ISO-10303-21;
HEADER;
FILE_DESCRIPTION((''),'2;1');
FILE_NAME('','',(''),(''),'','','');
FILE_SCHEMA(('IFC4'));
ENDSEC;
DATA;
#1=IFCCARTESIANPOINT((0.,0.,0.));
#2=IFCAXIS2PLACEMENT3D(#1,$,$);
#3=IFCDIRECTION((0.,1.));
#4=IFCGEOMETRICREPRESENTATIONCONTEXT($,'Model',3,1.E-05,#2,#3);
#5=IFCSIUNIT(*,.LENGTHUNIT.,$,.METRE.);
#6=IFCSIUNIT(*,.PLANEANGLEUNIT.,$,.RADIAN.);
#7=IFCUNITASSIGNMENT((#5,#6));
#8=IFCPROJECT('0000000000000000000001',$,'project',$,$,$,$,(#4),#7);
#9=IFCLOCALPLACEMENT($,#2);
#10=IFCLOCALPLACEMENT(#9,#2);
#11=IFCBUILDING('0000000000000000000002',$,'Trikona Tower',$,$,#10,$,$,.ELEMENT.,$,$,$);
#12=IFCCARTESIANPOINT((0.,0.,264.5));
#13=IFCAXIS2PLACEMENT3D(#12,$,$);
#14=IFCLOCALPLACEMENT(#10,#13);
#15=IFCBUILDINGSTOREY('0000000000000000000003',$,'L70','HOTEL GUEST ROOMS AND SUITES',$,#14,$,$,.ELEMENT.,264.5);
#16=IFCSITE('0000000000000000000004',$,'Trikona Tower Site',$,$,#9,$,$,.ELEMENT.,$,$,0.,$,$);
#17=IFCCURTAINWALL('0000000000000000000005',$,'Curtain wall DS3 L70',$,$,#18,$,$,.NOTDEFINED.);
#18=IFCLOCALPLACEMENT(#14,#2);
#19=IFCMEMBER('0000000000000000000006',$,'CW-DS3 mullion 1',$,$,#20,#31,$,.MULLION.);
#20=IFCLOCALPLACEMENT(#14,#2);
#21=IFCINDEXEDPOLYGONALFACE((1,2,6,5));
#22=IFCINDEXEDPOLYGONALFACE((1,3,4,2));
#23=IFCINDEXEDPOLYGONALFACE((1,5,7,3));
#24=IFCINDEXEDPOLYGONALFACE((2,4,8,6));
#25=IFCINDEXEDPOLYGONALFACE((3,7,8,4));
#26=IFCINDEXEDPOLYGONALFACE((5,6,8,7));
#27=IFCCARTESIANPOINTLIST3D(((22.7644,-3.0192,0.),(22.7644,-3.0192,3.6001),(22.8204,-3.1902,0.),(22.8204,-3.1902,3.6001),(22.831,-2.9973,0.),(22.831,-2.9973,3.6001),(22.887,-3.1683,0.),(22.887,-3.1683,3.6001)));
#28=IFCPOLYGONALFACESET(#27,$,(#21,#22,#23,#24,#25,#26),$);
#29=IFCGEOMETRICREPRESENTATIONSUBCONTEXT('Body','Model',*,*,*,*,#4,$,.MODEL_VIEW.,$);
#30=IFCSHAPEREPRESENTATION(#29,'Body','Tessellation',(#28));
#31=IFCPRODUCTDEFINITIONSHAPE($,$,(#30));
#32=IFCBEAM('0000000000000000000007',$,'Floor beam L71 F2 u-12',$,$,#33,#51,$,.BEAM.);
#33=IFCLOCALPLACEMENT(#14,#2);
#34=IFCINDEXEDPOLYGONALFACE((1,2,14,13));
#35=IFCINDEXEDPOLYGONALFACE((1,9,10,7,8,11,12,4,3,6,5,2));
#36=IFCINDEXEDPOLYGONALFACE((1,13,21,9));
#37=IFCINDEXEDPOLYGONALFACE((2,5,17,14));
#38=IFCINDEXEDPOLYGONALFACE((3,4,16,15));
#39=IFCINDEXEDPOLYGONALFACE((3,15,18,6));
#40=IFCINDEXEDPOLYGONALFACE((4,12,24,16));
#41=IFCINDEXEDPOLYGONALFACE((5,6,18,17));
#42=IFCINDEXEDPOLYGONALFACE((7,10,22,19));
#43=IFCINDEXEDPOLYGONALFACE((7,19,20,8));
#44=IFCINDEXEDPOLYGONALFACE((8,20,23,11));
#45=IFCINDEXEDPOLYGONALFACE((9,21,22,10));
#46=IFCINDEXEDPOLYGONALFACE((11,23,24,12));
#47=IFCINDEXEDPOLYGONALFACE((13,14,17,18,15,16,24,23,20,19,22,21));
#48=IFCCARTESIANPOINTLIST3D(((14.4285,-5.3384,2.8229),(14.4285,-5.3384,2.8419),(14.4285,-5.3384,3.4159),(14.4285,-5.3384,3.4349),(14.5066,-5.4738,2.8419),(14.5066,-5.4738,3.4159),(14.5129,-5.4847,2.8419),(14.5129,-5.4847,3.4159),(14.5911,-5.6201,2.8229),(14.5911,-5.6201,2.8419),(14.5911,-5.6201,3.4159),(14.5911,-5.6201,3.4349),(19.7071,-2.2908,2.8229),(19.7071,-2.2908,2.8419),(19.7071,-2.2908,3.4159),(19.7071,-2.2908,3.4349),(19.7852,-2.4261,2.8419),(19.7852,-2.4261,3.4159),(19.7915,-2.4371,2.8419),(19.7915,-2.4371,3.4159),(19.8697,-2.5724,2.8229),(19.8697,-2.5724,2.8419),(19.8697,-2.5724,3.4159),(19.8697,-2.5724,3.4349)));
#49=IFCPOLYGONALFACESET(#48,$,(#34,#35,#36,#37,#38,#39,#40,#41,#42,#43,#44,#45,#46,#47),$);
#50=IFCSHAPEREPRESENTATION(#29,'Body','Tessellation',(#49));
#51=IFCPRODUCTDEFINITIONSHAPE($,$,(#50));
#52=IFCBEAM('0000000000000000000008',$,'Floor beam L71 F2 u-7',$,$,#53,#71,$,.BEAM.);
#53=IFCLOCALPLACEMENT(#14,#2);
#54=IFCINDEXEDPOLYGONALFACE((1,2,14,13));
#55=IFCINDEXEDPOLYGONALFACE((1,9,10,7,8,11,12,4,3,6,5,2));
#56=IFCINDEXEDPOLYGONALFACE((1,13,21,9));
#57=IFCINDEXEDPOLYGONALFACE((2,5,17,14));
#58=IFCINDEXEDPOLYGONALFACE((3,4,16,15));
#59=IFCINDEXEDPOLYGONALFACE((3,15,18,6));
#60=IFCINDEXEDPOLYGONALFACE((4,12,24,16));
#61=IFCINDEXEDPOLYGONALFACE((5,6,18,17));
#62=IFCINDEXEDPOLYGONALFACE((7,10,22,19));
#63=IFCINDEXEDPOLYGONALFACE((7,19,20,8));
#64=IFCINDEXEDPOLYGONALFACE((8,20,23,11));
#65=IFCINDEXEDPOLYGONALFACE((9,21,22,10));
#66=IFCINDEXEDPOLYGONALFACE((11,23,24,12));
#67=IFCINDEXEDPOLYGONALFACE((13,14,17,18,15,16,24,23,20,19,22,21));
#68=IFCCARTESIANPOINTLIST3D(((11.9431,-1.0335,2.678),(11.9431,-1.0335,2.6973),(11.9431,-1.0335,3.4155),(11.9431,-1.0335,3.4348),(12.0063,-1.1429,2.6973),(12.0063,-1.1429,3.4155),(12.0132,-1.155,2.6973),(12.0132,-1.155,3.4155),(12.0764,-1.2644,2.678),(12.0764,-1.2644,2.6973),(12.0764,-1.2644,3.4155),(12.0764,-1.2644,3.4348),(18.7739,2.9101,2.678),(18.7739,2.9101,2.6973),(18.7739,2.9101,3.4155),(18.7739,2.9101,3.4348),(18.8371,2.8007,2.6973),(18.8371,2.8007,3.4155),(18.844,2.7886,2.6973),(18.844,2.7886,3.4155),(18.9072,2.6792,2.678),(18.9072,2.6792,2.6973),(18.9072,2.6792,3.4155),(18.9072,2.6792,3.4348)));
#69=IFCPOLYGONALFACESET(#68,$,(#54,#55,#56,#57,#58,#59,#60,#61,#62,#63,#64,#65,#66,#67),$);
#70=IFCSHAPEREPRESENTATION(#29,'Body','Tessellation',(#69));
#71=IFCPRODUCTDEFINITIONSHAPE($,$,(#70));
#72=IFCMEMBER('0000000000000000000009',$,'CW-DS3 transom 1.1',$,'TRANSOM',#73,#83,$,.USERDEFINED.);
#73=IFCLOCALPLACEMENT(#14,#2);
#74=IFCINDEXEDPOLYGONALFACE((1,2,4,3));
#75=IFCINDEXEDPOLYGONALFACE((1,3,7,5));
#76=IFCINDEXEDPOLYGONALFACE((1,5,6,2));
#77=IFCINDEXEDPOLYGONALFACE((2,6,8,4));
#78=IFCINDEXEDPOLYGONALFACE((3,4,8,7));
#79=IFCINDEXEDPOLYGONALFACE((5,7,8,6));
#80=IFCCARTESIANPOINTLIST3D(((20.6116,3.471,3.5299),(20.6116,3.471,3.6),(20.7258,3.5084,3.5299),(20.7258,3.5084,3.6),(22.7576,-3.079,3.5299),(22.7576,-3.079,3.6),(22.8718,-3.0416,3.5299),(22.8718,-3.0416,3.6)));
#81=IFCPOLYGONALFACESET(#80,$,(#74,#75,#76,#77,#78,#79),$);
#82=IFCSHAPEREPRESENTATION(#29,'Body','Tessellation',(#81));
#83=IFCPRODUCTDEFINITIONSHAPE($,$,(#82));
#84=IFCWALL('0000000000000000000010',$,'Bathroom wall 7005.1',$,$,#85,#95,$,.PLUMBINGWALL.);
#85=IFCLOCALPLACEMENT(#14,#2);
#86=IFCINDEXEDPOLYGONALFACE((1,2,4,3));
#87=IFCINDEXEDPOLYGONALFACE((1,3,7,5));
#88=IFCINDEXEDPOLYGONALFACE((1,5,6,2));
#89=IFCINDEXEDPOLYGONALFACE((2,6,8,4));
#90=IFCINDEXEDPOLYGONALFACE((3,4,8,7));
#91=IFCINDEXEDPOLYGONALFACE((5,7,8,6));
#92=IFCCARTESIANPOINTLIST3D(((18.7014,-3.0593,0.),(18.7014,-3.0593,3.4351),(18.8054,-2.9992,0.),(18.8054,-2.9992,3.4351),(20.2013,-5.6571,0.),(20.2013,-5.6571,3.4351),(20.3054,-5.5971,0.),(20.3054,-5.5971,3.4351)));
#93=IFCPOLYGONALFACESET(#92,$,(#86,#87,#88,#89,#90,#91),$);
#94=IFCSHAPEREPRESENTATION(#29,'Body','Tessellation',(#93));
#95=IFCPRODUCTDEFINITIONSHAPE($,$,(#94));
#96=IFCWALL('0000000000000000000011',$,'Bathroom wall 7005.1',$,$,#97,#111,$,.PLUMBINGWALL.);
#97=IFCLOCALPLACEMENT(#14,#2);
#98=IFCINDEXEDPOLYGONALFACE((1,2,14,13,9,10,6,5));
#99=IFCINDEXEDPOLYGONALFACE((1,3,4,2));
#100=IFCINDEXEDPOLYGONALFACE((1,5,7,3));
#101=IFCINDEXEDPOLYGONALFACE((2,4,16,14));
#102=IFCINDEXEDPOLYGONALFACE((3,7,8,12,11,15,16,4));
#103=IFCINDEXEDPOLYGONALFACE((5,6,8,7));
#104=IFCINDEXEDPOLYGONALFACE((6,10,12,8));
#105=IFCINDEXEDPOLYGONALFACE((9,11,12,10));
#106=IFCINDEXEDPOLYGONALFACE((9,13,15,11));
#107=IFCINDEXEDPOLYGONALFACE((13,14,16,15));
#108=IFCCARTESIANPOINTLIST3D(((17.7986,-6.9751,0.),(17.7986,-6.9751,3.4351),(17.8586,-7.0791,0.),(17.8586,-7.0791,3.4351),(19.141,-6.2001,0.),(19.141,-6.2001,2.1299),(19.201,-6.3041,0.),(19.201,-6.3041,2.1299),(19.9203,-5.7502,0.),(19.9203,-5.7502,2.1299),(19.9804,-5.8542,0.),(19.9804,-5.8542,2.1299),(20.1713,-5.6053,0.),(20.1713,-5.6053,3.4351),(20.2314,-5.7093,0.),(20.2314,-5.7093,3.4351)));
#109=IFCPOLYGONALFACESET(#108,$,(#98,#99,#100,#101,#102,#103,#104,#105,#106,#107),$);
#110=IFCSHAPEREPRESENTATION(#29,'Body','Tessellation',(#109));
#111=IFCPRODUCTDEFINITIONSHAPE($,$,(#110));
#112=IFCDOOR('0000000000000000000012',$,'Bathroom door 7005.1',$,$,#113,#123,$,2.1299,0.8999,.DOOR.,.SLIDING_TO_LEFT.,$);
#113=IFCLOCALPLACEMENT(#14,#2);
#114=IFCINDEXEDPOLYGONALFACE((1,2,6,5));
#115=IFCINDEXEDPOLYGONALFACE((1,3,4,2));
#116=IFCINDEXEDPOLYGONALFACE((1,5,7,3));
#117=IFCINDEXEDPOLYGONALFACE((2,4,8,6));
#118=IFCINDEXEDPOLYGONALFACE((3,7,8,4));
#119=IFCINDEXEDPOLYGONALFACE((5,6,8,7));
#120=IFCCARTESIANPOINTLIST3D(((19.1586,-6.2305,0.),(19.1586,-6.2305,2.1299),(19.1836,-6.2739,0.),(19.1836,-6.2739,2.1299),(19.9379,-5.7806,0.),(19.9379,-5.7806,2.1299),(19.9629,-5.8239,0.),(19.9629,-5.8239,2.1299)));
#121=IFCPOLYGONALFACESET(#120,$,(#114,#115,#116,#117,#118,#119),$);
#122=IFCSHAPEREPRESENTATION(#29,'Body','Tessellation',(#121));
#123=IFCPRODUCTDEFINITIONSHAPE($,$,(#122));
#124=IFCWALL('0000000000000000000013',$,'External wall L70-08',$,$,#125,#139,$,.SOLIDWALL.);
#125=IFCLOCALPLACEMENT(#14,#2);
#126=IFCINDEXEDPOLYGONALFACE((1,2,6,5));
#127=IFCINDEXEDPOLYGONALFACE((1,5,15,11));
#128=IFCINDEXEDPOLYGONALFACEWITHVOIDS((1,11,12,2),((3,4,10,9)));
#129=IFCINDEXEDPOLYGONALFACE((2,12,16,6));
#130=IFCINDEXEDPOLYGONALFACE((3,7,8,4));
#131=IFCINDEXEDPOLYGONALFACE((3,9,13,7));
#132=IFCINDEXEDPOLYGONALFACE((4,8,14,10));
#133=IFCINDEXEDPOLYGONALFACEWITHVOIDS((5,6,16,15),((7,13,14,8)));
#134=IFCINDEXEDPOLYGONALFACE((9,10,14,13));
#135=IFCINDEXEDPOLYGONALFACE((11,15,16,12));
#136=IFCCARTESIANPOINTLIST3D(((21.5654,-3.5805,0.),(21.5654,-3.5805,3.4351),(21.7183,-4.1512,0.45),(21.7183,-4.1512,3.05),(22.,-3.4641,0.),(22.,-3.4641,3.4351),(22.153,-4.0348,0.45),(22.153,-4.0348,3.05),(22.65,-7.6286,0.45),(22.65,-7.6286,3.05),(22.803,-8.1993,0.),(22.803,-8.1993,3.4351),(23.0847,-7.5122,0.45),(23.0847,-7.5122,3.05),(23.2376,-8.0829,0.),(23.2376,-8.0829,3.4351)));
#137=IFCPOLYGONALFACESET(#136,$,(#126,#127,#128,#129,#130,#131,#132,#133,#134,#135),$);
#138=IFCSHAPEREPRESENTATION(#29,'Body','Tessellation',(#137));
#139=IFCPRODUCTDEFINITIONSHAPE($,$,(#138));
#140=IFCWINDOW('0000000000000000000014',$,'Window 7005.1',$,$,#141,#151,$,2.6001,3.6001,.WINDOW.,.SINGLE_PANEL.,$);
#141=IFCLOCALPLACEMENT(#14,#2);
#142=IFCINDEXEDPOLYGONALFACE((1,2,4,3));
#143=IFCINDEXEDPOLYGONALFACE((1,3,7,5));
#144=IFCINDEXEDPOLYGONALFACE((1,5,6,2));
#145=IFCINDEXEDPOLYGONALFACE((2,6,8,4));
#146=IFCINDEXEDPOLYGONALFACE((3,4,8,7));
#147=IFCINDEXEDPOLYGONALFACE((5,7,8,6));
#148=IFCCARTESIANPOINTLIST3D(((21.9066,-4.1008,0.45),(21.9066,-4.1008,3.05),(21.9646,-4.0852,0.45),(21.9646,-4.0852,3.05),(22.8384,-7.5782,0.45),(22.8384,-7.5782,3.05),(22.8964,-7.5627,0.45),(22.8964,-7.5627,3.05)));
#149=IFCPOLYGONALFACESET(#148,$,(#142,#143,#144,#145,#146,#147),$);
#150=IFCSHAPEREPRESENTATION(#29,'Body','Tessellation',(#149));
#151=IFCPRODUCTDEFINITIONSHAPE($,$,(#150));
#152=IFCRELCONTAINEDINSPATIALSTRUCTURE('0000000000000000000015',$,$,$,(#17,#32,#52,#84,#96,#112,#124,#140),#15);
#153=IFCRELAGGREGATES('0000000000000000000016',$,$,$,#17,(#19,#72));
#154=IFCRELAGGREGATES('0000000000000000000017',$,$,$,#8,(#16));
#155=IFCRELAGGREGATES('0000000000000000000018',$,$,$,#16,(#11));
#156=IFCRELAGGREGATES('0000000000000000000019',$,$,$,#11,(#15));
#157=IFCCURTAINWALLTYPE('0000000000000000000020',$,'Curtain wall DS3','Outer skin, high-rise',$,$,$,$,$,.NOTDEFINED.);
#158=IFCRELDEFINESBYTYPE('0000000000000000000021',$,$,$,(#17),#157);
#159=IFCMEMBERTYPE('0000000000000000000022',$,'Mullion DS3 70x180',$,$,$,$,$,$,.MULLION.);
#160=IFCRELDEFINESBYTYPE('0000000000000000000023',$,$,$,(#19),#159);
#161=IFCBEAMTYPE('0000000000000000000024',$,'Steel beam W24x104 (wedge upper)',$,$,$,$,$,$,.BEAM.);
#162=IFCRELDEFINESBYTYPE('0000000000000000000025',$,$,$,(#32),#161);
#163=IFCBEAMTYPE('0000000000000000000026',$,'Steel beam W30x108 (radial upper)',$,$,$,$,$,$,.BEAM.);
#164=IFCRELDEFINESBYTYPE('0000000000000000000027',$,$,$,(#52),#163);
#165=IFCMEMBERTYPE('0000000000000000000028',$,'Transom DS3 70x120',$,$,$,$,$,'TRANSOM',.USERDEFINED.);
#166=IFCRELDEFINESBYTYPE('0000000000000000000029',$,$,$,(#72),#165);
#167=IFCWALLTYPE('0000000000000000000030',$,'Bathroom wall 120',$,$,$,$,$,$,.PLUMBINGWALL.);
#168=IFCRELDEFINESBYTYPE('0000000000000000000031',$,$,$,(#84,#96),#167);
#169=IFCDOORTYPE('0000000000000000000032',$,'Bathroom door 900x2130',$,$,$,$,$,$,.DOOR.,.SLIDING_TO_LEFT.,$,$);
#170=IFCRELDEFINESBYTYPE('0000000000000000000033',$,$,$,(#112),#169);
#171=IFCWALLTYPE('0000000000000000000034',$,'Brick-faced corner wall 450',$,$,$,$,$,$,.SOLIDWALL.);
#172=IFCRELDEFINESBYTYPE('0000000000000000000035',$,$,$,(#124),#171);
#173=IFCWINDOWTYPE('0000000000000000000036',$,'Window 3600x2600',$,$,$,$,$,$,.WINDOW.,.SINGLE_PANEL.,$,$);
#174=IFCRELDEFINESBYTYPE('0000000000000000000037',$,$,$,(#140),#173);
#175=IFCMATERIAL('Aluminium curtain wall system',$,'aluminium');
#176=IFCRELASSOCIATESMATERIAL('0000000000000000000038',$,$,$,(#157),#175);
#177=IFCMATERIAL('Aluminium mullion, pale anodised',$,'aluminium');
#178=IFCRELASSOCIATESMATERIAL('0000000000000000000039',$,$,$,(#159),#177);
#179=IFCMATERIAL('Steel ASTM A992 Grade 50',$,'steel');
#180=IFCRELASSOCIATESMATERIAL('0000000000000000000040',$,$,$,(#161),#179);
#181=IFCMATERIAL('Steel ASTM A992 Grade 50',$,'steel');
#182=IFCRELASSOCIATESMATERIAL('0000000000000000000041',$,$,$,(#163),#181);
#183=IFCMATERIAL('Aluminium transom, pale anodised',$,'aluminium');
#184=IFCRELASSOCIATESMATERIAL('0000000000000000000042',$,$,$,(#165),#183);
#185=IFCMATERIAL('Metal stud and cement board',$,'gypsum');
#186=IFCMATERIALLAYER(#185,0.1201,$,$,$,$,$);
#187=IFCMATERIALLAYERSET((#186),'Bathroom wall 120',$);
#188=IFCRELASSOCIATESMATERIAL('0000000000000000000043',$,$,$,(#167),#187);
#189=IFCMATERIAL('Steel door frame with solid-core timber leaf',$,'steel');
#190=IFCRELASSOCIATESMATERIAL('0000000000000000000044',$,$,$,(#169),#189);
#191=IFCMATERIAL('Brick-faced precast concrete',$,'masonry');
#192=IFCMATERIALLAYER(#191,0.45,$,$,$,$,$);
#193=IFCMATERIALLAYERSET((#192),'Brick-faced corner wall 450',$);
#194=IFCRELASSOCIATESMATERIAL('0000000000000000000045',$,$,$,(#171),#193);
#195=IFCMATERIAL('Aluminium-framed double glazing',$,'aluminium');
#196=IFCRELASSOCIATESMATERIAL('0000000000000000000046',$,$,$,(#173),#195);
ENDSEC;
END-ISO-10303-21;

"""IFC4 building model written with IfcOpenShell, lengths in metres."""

from ifc_helpers import new_model, si_unit, direction, frame, frame_2d, origin, origin_2d, place, context, subcontext, project, spatial, rectangle, i_section, extrude, material, layer, layer_set, material_profile, profile_set, type_object, element, fill, aggregate, save


model = new_model("IFC4")

# Units and contexts
model_context = context("Model", 3, precision=1e-05, world=origin(), true_north=direction((0.0, 1.0)))
body_context = subcontext(model_context, "Body", "Model", "MODEL_VIEW")
ifc_project = project(units=[si_unit("LENGTHUNIT", "METRE"), si_unit("PLANEANGLEUNIT", "RADIAN")], contexts=[model_context])

# Site, building, storey
site_placement = place(None, origin())
site = spatial("IfcSite", under=ifc_project, at=site_placement, Name="Trikona Tower Site", CompositionType="ELEMENT", RefElevation=0.0)
building_placement = place(site_placement, origin())
building = spatial("IfcBuilding", under=site, at=building_placement, Name="Trikona Tower", CompositionType="ELEMENT")
storey_placement = place(building_placement, frame((0.0, 0.0, 264.5)))
storey = spatial("IfcBuildingStorey", under=building, at=storey_placement, Name="L70", Description="HOTEL GUEST ROOMS AND SUITES", CompositionType="ELEMENT", Elevation=264.5)

# Curtain wall, member
ifc_material_1 = material(Name="Aluminium curtain wall system", Category="aluminium")
curtain_wall_type = type_object("IfcCurtainWallType", Name="Curtain wall DS3", Description="Outer skin, high-rise", PredefinedType="NOTDEFINED", material=ifc_material_1)
curtain_wall_placement = place(storey_placement, origin())
curtain_wall = element("IfcCurtainWall", 1, at=curtain_wall_placement, inside=storey, type_object=curtain_wall_type, Name="Curtain wall DS3 L70", PredefinedType="NOTDEFINED")
ifc_material_2 = material(Name="Aluminium mullion, pale anodised", Category="aluminium")
ifc_material_profile_1 = material_profile(ifc_material_2, rectangle(XDim=0.0701, YDim=0.1799, at=origin_2d()), Name="MUL-DS3")
ifc_profile_set_1 = profile_set([ifc_material_profile_1], Name="Aluminium mullion, pale anodised")
member_type_1 = type_object("IfcMemberType", Name="Mullion DS3 70x180", PredefinedType="MULLION", material=ifc_profile_set_1)
member_1_placement = place(storey_placement, frame((22.8257, -3.0938, 0.0), z_axis=(0.0, 0.0, 1.0), x_axis=(-0.950297, -0.311344, 0.0)))
member_1 = element("IfcMember", 2, at=member_1_placement, type_object=member_type_1, Name="CW-DS3 mullion 1", PredefinedType="MULLION", context=body_context, shape_type="SweptSolid", body=[
    extrude(rectangle(XDim=0.0701, YDim=0.1799, at=origin_2d()), origin(), (0.0, 0.0, 1.0), 3.6001),
])

# Beams
ifc_material_3 = material(Name="Steel ASTM A992 Grade 50", Category="steel")
ifc_material_profile_2 = material_profile(ifc_material_3, i_section(OverallWidth=0.3252, OverallDepth=0.6121, WebThickness=0.0127, FlangeThickness=0.019, at=origin_2d()), Name="W24X104")
ifc_profile_set_2 = profile_set([ifc_material_profile_2], Name="Steel ASTM A992 Grade 50")
beam_type_1 = type_object("IfcBeamType", Name="Steel beam W24x104 (wedge upper)", PredefinedType="BEAM", material=ifc_profile_set_2)
beam_1_placement = place(storey_placement, frame((14.5098, -5.4792, 3.1289), z_axis=(0.866023, 0.500003, 0.0), x_axis=(-0.500003, 0.866023, 0.0)))
element("IfcBeam", 3, at=beam_1_placement, inside=storey, type_object=beam_type_1, Name="Floor beam L71 F2 u-12", PredefinedType="BEAM", context=body_context, shape_type="SweptSolid", body=[
    extrude(i_section(OverallWidth=0.3252, OverallDepth=0.6121, WebThickness=0.0127, FlangeThickness=0.019, at=origin_2d()), origin(), (0.0, 0.0, 1.0), 6.0952),
])
ifc_material_4 = material(Name="Steel ASTM A992 Grade 50", Category="steel")
ifc_material_profile_3 = material_profile(ifc_material_4, i_section(OverallWidth=0.2666, OverallDepth=0.7568, WebThickness=0.0139, FlangeThickness=0.0193, at=origin_2d()), Name="W30X108")
ifc_profile_set_3 = profile_set([ifc_material_profile_3], Name="Steel ASTM A992 Grade 50")
beam_type_2 = type_object("IfcBeamType", Name="Steel beam W30x108 (radial upper)", PredefinedType="BEAM", material=ifc_profile_set_3)
beam_2_placement = place(storey_placement, frame((12.0098, -1.1489, 3.0564), z_axis=(0.866035, 0.499984, 0.0), x_axis=(-0.499984, 0.866035, 0.0)))
element("IfcBeam", 4, at=beam_2_placement, inside=storey, type_object=beam_type_2, Name="Floor beam L71 F2 u-7", PredefinedType="BEAM", context=body_context, shape_type="SweptSolid", body=[
    extrude(i_section(OverallWidth=0.2666, OverallDepth=0.7568, WebThickness=0.0139, FlangeThickness=0.0193, at=origin_2d()), origin(), (0.0, 0.0, 1.0), 7.8875),
])

# Member
ifc_material_5 = material(Name="Aluminium transom, pale anodised", Category="aluminium")
ifc_material_profile_4 = material_profile(ifc_material_5, rectangle(XDim=0.1201, YDim=0.0701, at=origin_2d()), Name="TRN-DS3")
ifc_profile_set_4 = profile_set([ifc_material_profile_4], Name="Aluminium transom, pale anodised")
member_type_2 = type_object("IfcMemberType", Name="Transom DS3 70x120", ElementType="TRANSOM", PredefinedType="USERDEFINED", material=ifc_profile_set_4)
member_2_placement = place(storey_placement, frame((22.8147, -3.0603, 3.5649), z_axis=(-0.311346, 0.950297, 0.0), x_axis=(-0.950297, -0.311346, 0.0)))
member_2 = element("IfcMember", 5, at=member_2_placement, type_object=member_type_2, Name="CW-DS3 transom 1.1", ObjectType="TRANSOM", PredefinedType="USERDEFINED", context=body_context, shape_type="SweptSolid", body=[
    extrude(rectangle(XDim=0.1201, YDim=0.0701, at=origin_2d()), origin(), (0.0, 0.0, 1.0), 6.8926),
])
aggregate(curtain_wall, [member_1, member_2])

# Wall
ifc_material_6 = material(Name="Metal stud and cement board", Category="gypsum")
ifc_layer_1 = layer(ifc_material_6, 0.1201)
ifc_layer_set_1 = layer_set([ifc_layer_1], Name="Bathroom wall 120")
wall_type_1 = type_object("IfcWallType", Name="Bathroom wall 120", PredefinedType="PLUMBINGWALL", material=ifc_layer_set_1)
wall_1_placement = place(storey_placement, frame((20.2534, -5.6272, 0.0), z_axis=(0.0, 0.0, 1.0), x_axis=(-0.500025, 0.866011, 0.0)))
element("IfcWall", 6, at=wall_1_placement, inside=storey, type_object=wall_type_1, Name="Bathroom wall 7005.1", PredefinedType="PLUMBINGWALL", context=body_context, shape_type="SweptSolid", body=[
    extrude(rectangle(XDim=2.9998, YDim=0.1201, at=frame_2d((1.5, 0.0))), origin(), (0.0, 0.0, 1.0), 3.4351),
])

# Wall, opening, door
wall_2_placement = place(storey_placement, frame((17.8286, -7.0271, 0.0), z_axis=(0.0, 0.0, 1.0), x_axis=(0.866036, 0.499982, 0.0)))
wall_2 = element("IfcWall", 7, at=wall_2_placement, inside=storey, type_object=wall_type_1, Name="Bathroom wall 7005.1", PredefinedType="PLUMBINGWALL", context=body_context, shape_type="SweptSolid", body=[
    extrude(rectangle(XDim=2.7397, YDim=0.1201, at=frame_2d((1.3699, 0.0))), origin(), (0.0, 0.0, 1.0), 3.4351),
])
opening_1_placement = place(wall_2_placement, frame((1.55, 0.0, 0.0)))
opening_1 = element("IfcOpeningElement", 8, at=opening_1_placement, cuts=wall_2, PredefinedType="OPENING", context=body_context, shape_type="SweptSolid", body=[
    extrude(rectangle(XDim=0.8999, YDim=2.1299, at=frame_2d((0.45, 1.0649))), frame((0.0, 0.0701, 0.0), z_axis=(0.0, -1.0, 0.0), x_axis=(1.0, 0.0, 0.0)), (0.0, 0.0, 1.0), 0.1401),
])
ifc_material_7 = material(Name="Steel door frame with solid-core timber leaf", Category="steel")
door_type_1 = type_object("IfcDoorType", Name="Bathroom door 900x2130", OperationType="SLIDING_TO_LEFT", PredefinedType="DOOR", material=ifc_material_7)
door_1_placement = place(opening_1_placement, origin())
door_1 = element("IfcDoor", 9, at=door_1_placement, inside=storey, type_object=door_type_1, Name="Bathroom door 7005.1", OperationType="SLIDING_TO_LEFT", OverallHeight=2.1299, OverallWidth=0.8999, PredefinedType="DOOR", context=body_context, shape_type="SweptSolid", body=[
    extrude(rectangle(XDim=0.8999, YDim=2.1299, at=frame_2d((0.45, 1.0649))), frame((0.0, 0.0249, 0.0), z_axis=(0.0, -1.0, 0.0), x_axis=(1.0, 0.0, 0.0)), (0.0, 0.0, 1.0), 0.05),
])
fill(opening_1, door_1)

# Wall, opening, window
ifc_material_8 = material(Name="Brick-faced precast concrete", Category="masonry")
ifc_layer_2 = layer(ifc_material_8, 0.45)
ifc_layer_set_2 = layer_set([ifc_layer_2], Name="Brick-faced corner wall 450")
wall_type_2 = type_object("IfcWallType", Name="Brick-faced corner wall 450", PredefinedType="SOLIDWALL", material=ifc_layer_set_2)
wall_3_placement = place(storey_placement, frame((23.0203, -8.1411, 0.0), z_axis=(0.0, 0.0, 1.0), x_axis=(-0.258803, 0.96593, 0.0)))
wall_3 = element("IfcWall", 10, at=wall_3_placement, inside=storey, type_object=wall_type_2, Name="External wall L70-08", PredefinedType="SOLIDWALL", context=body_context, shape_type="SweptSolid", body=[
    extrude(rectangle(XDim=4.7817, YDim=0.45, at=frame_2d((2.3909, 0.0))), origin(), (0.0, 0.0, 1.0), 3.4351),
])
opening_2_placement = place(wall_3_placement, frame((0.5908, 0.0, 0.45)))
opening_2 = element("IfcOpeningElement", 11, at=opening_2_placement, cuts=wall_3, PredefinedType="OPENING", context=body_context, shape_type="SweptSolid", body=[
    extrude(rectangle(XDim=3.6001, YDim=2.6001, at=frame_2d((1.8, 1.3))), frame((0.0, 0.2349, 0.0), z_axis=(0.0, -1.0, 0.0), x_axis=(1.0, 0.0, 0.0)), (0.0, 0.0, 1.0), 0.47),
])
ifc_material_9 = material(Name="Aluminium-framed double glazing", Category="aluminium")
window_type_1 = type_object("IfcWindowType", Name="Window 3600x2600", PartitioningType="SINGLE_PANEL", PredefinedType="WINDOW", material=ifc_material_9)
window_1_placement = place(opening_2_placement, origin())
window_1 = element("IfcWindow", 12, at=window_1_placement, inside=storey, type_object=window_type_1, Name="Window 7005.1", OverallHeight=2.6001, OverallWidth=3.6001, PartitioningType="SINGLE_PANEL", PredefinedType="WINDOW", context=body_context, shape_type="SweptSolid", body=[
    extrude(rectangle(XDim=3.6001, YDim=2.6001, at=frame_2d((1.8, 1.3))), frame((0.0, 0.03, 0.0), z_axis=(0.0, -1.0, 0.0), x_axis=(1.0, 0.0, 0.0)), (0.0, 0.0, 1.0), 0.0601),
])
fill(opening_2, window_1)

save(model, "model.ifc")
